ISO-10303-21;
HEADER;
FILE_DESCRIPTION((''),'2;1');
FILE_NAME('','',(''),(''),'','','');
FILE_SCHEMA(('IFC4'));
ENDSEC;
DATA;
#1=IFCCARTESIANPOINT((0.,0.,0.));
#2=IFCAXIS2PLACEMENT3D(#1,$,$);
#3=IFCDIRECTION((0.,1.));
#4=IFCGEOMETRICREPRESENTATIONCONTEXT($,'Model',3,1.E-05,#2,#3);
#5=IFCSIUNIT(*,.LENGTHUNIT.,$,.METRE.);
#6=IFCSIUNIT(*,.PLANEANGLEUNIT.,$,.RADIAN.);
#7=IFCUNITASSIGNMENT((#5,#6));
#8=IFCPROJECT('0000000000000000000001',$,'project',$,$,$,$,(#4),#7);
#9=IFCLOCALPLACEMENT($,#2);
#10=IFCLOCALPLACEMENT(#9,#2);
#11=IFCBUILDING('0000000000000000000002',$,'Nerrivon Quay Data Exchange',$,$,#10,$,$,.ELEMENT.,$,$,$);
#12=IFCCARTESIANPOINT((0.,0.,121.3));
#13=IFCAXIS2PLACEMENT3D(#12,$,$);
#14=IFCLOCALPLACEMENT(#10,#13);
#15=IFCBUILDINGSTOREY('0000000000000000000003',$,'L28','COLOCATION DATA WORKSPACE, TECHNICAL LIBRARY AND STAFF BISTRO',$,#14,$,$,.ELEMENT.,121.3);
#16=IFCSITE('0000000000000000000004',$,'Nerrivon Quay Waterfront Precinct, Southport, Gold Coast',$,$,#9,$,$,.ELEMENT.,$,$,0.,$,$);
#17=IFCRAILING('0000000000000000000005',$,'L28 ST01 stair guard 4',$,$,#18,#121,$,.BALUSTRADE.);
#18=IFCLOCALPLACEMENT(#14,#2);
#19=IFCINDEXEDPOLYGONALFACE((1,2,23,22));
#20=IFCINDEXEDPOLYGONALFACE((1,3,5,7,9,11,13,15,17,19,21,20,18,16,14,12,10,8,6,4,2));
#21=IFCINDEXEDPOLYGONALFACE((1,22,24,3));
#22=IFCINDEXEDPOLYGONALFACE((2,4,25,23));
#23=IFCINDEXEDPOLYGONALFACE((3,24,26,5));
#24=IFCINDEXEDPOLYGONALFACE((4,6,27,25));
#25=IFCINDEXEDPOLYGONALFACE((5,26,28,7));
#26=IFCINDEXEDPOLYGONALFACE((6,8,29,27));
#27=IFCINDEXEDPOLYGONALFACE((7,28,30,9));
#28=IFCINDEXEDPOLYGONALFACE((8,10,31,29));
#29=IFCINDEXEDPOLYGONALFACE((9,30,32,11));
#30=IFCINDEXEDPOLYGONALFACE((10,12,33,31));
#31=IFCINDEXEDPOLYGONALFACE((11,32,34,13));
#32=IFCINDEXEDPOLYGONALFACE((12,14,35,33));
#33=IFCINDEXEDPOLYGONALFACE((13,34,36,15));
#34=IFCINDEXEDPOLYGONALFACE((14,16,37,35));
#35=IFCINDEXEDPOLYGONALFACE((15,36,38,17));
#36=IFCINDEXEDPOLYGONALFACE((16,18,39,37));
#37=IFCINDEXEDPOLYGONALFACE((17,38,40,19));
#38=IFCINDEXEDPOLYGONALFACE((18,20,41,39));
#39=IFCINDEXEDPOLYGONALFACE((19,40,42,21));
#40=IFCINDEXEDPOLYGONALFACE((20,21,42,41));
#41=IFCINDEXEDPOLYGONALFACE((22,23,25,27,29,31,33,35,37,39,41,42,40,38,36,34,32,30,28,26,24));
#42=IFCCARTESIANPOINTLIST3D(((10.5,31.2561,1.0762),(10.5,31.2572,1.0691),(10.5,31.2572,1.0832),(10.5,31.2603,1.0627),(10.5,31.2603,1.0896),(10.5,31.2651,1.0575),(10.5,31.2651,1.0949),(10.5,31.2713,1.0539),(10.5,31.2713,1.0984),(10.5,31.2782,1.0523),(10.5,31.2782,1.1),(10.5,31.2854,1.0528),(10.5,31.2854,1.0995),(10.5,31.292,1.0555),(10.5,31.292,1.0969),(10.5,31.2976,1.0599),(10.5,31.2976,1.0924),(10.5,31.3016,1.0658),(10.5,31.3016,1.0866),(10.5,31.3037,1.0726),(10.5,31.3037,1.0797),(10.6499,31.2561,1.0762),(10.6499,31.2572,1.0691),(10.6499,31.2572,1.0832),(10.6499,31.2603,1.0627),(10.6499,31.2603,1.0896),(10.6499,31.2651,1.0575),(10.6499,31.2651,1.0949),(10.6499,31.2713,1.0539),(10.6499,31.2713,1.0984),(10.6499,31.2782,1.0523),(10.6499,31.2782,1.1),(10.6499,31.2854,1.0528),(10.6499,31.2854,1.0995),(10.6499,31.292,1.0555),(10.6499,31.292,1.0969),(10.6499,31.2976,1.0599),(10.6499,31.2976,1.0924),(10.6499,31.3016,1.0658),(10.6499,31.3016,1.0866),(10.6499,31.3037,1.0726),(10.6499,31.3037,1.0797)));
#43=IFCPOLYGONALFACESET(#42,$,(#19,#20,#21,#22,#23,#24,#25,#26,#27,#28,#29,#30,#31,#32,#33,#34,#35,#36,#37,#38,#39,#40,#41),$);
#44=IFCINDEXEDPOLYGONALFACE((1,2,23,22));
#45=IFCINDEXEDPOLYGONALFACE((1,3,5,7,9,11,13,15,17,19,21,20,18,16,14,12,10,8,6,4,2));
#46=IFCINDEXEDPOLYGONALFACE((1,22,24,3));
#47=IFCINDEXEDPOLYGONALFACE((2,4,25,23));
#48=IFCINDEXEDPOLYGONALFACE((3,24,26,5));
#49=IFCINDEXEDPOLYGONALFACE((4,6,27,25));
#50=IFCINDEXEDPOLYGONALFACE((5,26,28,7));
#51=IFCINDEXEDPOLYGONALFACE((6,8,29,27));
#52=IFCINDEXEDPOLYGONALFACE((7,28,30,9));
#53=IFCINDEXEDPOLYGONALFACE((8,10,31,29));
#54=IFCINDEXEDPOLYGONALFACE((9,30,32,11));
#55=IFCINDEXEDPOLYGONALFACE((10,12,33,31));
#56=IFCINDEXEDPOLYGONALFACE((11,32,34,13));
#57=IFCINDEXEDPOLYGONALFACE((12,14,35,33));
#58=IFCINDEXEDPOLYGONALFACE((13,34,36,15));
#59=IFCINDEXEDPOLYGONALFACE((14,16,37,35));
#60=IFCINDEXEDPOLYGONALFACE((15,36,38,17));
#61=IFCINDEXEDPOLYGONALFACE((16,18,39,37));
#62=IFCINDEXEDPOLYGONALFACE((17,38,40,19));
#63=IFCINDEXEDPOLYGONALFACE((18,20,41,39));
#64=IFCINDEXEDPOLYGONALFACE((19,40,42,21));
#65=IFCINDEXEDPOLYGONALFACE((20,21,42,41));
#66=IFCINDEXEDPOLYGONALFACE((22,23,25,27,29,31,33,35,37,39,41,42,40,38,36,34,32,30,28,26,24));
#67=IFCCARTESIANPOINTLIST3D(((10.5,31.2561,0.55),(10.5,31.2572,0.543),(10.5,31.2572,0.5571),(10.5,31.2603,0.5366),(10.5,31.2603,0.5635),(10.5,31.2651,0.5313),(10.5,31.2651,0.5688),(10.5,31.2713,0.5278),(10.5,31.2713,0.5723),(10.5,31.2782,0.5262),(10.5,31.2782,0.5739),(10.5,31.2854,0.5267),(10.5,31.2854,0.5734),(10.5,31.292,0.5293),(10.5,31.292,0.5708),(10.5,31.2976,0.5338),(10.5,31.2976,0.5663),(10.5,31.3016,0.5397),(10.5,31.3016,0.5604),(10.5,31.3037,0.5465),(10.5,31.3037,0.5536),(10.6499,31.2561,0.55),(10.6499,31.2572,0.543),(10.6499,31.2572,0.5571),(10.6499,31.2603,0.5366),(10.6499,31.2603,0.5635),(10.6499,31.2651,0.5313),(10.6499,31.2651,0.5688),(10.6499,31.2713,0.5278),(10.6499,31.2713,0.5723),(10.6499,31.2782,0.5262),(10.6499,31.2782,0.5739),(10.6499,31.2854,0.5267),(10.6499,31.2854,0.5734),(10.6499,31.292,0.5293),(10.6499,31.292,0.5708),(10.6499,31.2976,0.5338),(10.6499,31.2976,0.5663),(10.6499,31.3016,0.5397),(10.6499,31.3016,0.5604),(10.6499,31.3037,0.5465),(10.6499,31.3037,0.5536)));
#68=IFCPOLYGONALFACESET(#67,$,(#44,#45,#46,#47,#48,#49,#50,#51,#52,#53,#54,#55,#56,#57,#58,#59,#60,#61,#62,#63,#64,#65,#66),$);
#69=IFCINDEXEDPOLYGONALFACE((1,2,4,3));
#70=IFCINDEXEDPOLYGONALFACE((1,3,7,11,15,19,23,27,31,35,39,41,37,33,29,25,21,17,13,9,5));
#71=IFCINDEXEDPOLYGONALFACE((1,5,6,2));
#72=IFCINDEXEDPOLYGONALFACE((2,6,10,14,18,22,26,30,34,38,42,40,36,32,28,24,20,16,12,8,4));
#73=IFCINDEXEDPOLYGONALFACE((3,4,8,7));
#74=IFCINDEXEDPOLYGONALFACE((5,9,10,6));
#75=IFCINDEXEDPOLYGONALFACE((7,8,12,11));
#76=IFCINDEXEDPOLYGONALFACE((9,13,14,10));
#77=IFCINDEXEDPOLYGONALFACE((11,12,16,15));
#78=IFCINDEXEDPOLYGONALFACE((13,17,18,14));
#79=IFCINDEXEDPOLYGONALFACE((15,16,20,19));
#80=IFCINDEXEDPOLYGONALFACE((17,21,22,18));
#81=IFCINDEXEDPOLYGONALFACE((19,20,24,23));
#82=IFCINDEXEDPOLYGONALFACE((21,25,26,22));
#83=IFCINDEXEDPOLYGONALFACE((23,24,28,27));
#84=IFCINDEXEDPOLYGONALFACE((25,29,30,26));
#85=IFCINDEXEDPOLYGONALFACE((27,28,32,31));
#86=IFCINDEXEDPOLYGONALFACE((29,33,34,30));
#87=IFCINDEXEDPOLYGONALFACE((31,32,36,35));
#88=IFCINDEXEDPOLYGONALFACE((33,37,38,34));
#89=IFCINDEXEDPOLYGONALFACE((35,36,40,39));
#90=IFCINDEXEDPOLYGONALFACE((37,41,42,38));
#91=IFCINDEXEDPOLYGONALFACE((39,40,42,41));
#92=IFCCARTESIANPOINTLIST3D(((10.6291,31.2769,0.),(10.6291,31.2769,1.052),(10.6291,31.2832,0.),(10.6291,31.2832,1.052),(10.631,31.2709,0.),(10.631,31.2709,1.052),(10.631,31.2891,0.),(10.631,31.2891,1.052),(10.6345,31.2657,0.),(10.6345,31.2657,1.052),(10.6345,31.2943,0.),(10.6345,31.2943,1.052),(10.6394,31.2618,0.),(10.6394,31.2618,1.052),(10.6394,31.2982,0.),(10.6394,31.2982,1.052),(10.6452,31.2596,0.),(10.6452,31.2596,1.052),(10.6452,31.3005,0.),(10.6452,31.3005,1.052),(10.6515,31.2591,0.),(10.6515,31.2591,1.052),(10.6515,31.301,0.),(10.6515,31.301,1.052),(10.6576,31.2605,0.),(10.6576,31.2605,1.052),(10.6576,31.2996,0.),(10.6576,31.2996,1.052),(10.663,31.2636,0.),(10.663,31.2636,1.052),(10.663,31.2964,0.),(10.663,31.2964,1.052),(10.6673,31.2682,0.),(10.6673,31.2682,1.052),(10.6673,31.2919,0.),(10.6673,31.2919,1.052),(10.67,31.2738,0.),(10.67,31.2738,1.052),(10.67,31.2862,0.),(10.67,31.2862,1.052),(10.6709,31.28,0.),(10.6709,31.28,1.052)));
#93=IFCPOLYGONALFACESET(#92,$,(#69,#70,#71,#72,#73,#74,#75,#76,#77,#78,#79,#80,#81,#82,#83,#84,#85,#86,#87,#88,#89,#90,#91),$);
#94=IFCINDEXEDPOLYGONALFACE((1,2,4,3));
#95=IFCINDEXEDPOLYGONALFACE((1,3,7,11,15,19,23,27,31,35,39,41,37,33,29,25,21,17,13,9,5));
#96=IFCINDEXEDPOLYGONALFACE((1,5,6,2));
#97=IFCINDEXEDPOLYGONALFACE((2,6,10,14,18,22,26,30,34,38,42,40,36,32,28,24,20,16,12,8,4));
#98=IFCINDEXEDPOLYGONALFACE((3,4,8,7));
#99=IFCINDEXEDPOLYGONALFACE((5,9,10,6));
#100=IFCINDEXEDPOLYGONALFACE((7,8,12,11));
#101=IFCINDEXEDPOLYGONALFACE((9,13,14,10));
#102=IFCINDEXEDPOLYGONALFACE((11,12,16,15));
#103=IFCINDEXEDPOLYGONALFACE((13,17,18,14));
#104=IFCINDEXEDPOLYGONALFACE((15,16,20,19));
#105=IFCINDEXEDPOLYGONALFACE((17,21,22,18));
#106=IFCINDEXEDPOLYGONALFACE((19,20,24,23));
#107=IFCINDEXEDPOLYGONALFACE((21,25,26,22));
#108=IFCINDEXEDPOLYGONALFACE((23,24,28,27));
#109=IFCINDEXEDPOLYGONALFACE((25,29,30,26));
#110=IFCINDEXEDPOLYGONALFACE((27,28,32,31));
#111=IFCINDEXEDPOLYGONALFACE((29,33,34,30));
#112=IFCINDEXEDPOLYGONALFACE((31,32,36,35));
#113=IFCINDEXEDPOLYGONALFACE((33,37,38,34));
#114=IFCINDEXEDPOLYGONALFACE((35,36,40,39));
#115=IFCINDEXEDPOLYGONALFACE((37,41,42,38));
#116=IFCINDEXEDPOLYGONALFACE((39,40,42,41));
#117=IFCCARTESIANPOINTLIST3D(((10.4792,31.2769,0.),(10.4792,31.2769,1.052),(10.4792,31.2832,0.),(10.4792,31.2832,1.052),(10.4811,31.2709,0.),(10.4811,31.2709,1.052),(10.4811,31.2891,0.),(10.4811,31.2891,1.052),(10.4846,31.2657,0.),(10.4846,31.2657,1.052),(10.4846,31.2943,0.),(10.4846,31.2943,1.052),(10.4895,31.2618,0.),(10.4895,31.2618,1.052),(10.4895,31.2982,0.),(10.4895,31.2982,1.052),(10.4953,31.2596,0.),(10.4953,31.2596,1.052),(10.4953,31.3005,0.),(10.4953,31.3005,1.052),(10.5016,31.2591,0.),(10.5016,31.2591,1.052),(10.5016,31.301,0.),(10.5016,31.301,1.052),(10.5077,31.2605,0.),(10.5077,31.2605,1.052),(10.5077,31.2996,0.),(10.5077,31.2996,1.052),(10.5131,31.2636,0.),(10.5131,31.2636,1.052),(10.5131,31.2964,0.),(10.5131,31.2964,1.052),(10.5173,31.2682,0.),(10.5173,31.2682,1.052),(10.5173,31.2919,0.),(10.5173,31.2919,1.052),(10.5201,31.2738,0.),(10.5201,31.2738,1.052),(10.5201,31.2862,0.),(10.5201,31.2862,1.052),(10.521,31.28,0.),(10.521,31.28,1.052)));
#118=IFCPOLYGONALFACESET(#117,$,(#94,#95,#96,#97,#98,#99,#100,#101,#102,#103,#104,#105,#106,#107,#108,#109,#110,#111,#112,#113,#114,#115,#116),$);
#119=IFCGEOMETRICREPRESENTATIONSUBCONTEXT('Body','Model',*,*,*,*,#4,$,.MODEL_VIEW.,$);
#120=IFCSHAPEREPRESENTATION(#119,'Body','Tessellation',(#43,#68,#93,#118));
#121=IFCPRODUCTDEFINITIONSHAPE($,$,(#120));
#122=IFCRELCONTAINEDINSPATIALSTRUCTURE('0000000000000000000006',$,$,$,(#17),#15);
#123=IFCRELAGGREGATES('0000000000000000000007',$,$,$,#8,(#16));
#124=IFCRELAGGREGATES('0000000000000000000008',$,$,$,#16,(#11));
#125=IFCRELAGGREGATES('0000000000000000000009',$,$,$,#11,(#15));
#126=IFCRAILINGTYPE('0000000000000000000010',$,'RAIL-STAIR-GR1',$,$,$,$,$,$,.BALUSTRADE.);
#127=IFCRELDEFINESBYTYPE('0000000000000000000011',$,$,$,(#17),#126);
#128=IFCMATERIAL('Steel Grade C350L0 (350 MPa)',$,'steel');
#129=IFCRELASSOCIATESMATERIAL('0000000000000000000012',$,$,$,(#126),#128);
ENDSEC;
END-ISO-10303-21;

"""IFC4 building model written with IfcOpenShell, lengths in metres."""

from ifc_helpers import new_model, si_unit, direction, frame, origin, origin_2d, place, context, subcontext, project, spatial, circle, extrude, material, type_object, element, save


model = new_model("IFC4")

# Units and contexts
model_context = context("Model", 3, precision=1e-05, world=origin(), true_north=direction((0.0, 1.0)))
body_context = subcontext(model_context, "Body", "Model", "MODEL_VIEW")
ifc_project = project(units=[si_unit("LENGTHUNIT", "METRE"), si_unit("PLANEANGLEUNIT", "RADIAN")], contexts=[model_context])

# Site, building, storey
site_placement = place(None, origin())
site = spatial("IfcSite", under=ifc_project, at=site_placement, Name="Nerrivon Quay Waterfront Precinct, Southport, Gold Coast", CompositionType="ELEMENT", RefElevation=0.0)
building_placement = place(site_placement, origin())
building = spatial("IfcBuilding", under=site, at=building_placement, Name="Nerrivon Quay Data Exchange", CompositionType="ELEMENT")
storey_placement = place(building_placement, frame((0.0, 0.0, 121.3)))
storey = spatial("IfcBuildingStorey", under=building, at=storey_placement, Name="L28", Description="COLOCATION DATA WORKSPACE, TECHNICAL LIBRARY AND STAFF BISTRO", CompositionType="ELEMENT", Elevation=121.3)

# Railing
ifc_material_1 = material(Name="Steel Grade C350L0 (350 MPa)", Category="steel")
railing_type_1 = type_object("IfcRailingType", Name="RAIL-STAIR-GR1", PredefinedType="BALUSTRADE", material=ifc_material_1)
railing_1_placement = place(storey_placement, frame((10.6499, 31.28, 0.0)))
element("IfcRailing", 1, at=railing_1_placement, inside=storey, type_object=railing_type_1, Name="L28 ST01 stair guard 4", PredefinedType="BALUSTRADE", context=body_context, shape_type="SweptSolid", body=[
    extrude(circle(Radius=0.0239, at=origin_2d()), frame((0.0, 0.0, 1.0762), z_axis=(-1.0, 0.0, 0.0), x_axis=(0.0, -1.0, 0.0)), (0.0, 0.0, 1.0), 0.1499),
    extrude(circle(Radius=0.0239, at=origin_2d()), frame((0.0, 0.0, 0.55), z_axis=(-1.0, 0.0, 0.0), x_axis=(0.0, -1.0, 0.0)), (0.0, 0.0, 1.0), 0.1499),
    extrude(circle(Radius=0.021, at=origin_2d()), origin(), (0.0, 0.0, 1.0), 1.052),
    extrude(circle(Radius=0.021, at=origin_2d()), frame((-0.1499, 0.0, 0.0)), (0.0, 0.0, 1.0), 1.052),
])

save(model, "model.ifc")
